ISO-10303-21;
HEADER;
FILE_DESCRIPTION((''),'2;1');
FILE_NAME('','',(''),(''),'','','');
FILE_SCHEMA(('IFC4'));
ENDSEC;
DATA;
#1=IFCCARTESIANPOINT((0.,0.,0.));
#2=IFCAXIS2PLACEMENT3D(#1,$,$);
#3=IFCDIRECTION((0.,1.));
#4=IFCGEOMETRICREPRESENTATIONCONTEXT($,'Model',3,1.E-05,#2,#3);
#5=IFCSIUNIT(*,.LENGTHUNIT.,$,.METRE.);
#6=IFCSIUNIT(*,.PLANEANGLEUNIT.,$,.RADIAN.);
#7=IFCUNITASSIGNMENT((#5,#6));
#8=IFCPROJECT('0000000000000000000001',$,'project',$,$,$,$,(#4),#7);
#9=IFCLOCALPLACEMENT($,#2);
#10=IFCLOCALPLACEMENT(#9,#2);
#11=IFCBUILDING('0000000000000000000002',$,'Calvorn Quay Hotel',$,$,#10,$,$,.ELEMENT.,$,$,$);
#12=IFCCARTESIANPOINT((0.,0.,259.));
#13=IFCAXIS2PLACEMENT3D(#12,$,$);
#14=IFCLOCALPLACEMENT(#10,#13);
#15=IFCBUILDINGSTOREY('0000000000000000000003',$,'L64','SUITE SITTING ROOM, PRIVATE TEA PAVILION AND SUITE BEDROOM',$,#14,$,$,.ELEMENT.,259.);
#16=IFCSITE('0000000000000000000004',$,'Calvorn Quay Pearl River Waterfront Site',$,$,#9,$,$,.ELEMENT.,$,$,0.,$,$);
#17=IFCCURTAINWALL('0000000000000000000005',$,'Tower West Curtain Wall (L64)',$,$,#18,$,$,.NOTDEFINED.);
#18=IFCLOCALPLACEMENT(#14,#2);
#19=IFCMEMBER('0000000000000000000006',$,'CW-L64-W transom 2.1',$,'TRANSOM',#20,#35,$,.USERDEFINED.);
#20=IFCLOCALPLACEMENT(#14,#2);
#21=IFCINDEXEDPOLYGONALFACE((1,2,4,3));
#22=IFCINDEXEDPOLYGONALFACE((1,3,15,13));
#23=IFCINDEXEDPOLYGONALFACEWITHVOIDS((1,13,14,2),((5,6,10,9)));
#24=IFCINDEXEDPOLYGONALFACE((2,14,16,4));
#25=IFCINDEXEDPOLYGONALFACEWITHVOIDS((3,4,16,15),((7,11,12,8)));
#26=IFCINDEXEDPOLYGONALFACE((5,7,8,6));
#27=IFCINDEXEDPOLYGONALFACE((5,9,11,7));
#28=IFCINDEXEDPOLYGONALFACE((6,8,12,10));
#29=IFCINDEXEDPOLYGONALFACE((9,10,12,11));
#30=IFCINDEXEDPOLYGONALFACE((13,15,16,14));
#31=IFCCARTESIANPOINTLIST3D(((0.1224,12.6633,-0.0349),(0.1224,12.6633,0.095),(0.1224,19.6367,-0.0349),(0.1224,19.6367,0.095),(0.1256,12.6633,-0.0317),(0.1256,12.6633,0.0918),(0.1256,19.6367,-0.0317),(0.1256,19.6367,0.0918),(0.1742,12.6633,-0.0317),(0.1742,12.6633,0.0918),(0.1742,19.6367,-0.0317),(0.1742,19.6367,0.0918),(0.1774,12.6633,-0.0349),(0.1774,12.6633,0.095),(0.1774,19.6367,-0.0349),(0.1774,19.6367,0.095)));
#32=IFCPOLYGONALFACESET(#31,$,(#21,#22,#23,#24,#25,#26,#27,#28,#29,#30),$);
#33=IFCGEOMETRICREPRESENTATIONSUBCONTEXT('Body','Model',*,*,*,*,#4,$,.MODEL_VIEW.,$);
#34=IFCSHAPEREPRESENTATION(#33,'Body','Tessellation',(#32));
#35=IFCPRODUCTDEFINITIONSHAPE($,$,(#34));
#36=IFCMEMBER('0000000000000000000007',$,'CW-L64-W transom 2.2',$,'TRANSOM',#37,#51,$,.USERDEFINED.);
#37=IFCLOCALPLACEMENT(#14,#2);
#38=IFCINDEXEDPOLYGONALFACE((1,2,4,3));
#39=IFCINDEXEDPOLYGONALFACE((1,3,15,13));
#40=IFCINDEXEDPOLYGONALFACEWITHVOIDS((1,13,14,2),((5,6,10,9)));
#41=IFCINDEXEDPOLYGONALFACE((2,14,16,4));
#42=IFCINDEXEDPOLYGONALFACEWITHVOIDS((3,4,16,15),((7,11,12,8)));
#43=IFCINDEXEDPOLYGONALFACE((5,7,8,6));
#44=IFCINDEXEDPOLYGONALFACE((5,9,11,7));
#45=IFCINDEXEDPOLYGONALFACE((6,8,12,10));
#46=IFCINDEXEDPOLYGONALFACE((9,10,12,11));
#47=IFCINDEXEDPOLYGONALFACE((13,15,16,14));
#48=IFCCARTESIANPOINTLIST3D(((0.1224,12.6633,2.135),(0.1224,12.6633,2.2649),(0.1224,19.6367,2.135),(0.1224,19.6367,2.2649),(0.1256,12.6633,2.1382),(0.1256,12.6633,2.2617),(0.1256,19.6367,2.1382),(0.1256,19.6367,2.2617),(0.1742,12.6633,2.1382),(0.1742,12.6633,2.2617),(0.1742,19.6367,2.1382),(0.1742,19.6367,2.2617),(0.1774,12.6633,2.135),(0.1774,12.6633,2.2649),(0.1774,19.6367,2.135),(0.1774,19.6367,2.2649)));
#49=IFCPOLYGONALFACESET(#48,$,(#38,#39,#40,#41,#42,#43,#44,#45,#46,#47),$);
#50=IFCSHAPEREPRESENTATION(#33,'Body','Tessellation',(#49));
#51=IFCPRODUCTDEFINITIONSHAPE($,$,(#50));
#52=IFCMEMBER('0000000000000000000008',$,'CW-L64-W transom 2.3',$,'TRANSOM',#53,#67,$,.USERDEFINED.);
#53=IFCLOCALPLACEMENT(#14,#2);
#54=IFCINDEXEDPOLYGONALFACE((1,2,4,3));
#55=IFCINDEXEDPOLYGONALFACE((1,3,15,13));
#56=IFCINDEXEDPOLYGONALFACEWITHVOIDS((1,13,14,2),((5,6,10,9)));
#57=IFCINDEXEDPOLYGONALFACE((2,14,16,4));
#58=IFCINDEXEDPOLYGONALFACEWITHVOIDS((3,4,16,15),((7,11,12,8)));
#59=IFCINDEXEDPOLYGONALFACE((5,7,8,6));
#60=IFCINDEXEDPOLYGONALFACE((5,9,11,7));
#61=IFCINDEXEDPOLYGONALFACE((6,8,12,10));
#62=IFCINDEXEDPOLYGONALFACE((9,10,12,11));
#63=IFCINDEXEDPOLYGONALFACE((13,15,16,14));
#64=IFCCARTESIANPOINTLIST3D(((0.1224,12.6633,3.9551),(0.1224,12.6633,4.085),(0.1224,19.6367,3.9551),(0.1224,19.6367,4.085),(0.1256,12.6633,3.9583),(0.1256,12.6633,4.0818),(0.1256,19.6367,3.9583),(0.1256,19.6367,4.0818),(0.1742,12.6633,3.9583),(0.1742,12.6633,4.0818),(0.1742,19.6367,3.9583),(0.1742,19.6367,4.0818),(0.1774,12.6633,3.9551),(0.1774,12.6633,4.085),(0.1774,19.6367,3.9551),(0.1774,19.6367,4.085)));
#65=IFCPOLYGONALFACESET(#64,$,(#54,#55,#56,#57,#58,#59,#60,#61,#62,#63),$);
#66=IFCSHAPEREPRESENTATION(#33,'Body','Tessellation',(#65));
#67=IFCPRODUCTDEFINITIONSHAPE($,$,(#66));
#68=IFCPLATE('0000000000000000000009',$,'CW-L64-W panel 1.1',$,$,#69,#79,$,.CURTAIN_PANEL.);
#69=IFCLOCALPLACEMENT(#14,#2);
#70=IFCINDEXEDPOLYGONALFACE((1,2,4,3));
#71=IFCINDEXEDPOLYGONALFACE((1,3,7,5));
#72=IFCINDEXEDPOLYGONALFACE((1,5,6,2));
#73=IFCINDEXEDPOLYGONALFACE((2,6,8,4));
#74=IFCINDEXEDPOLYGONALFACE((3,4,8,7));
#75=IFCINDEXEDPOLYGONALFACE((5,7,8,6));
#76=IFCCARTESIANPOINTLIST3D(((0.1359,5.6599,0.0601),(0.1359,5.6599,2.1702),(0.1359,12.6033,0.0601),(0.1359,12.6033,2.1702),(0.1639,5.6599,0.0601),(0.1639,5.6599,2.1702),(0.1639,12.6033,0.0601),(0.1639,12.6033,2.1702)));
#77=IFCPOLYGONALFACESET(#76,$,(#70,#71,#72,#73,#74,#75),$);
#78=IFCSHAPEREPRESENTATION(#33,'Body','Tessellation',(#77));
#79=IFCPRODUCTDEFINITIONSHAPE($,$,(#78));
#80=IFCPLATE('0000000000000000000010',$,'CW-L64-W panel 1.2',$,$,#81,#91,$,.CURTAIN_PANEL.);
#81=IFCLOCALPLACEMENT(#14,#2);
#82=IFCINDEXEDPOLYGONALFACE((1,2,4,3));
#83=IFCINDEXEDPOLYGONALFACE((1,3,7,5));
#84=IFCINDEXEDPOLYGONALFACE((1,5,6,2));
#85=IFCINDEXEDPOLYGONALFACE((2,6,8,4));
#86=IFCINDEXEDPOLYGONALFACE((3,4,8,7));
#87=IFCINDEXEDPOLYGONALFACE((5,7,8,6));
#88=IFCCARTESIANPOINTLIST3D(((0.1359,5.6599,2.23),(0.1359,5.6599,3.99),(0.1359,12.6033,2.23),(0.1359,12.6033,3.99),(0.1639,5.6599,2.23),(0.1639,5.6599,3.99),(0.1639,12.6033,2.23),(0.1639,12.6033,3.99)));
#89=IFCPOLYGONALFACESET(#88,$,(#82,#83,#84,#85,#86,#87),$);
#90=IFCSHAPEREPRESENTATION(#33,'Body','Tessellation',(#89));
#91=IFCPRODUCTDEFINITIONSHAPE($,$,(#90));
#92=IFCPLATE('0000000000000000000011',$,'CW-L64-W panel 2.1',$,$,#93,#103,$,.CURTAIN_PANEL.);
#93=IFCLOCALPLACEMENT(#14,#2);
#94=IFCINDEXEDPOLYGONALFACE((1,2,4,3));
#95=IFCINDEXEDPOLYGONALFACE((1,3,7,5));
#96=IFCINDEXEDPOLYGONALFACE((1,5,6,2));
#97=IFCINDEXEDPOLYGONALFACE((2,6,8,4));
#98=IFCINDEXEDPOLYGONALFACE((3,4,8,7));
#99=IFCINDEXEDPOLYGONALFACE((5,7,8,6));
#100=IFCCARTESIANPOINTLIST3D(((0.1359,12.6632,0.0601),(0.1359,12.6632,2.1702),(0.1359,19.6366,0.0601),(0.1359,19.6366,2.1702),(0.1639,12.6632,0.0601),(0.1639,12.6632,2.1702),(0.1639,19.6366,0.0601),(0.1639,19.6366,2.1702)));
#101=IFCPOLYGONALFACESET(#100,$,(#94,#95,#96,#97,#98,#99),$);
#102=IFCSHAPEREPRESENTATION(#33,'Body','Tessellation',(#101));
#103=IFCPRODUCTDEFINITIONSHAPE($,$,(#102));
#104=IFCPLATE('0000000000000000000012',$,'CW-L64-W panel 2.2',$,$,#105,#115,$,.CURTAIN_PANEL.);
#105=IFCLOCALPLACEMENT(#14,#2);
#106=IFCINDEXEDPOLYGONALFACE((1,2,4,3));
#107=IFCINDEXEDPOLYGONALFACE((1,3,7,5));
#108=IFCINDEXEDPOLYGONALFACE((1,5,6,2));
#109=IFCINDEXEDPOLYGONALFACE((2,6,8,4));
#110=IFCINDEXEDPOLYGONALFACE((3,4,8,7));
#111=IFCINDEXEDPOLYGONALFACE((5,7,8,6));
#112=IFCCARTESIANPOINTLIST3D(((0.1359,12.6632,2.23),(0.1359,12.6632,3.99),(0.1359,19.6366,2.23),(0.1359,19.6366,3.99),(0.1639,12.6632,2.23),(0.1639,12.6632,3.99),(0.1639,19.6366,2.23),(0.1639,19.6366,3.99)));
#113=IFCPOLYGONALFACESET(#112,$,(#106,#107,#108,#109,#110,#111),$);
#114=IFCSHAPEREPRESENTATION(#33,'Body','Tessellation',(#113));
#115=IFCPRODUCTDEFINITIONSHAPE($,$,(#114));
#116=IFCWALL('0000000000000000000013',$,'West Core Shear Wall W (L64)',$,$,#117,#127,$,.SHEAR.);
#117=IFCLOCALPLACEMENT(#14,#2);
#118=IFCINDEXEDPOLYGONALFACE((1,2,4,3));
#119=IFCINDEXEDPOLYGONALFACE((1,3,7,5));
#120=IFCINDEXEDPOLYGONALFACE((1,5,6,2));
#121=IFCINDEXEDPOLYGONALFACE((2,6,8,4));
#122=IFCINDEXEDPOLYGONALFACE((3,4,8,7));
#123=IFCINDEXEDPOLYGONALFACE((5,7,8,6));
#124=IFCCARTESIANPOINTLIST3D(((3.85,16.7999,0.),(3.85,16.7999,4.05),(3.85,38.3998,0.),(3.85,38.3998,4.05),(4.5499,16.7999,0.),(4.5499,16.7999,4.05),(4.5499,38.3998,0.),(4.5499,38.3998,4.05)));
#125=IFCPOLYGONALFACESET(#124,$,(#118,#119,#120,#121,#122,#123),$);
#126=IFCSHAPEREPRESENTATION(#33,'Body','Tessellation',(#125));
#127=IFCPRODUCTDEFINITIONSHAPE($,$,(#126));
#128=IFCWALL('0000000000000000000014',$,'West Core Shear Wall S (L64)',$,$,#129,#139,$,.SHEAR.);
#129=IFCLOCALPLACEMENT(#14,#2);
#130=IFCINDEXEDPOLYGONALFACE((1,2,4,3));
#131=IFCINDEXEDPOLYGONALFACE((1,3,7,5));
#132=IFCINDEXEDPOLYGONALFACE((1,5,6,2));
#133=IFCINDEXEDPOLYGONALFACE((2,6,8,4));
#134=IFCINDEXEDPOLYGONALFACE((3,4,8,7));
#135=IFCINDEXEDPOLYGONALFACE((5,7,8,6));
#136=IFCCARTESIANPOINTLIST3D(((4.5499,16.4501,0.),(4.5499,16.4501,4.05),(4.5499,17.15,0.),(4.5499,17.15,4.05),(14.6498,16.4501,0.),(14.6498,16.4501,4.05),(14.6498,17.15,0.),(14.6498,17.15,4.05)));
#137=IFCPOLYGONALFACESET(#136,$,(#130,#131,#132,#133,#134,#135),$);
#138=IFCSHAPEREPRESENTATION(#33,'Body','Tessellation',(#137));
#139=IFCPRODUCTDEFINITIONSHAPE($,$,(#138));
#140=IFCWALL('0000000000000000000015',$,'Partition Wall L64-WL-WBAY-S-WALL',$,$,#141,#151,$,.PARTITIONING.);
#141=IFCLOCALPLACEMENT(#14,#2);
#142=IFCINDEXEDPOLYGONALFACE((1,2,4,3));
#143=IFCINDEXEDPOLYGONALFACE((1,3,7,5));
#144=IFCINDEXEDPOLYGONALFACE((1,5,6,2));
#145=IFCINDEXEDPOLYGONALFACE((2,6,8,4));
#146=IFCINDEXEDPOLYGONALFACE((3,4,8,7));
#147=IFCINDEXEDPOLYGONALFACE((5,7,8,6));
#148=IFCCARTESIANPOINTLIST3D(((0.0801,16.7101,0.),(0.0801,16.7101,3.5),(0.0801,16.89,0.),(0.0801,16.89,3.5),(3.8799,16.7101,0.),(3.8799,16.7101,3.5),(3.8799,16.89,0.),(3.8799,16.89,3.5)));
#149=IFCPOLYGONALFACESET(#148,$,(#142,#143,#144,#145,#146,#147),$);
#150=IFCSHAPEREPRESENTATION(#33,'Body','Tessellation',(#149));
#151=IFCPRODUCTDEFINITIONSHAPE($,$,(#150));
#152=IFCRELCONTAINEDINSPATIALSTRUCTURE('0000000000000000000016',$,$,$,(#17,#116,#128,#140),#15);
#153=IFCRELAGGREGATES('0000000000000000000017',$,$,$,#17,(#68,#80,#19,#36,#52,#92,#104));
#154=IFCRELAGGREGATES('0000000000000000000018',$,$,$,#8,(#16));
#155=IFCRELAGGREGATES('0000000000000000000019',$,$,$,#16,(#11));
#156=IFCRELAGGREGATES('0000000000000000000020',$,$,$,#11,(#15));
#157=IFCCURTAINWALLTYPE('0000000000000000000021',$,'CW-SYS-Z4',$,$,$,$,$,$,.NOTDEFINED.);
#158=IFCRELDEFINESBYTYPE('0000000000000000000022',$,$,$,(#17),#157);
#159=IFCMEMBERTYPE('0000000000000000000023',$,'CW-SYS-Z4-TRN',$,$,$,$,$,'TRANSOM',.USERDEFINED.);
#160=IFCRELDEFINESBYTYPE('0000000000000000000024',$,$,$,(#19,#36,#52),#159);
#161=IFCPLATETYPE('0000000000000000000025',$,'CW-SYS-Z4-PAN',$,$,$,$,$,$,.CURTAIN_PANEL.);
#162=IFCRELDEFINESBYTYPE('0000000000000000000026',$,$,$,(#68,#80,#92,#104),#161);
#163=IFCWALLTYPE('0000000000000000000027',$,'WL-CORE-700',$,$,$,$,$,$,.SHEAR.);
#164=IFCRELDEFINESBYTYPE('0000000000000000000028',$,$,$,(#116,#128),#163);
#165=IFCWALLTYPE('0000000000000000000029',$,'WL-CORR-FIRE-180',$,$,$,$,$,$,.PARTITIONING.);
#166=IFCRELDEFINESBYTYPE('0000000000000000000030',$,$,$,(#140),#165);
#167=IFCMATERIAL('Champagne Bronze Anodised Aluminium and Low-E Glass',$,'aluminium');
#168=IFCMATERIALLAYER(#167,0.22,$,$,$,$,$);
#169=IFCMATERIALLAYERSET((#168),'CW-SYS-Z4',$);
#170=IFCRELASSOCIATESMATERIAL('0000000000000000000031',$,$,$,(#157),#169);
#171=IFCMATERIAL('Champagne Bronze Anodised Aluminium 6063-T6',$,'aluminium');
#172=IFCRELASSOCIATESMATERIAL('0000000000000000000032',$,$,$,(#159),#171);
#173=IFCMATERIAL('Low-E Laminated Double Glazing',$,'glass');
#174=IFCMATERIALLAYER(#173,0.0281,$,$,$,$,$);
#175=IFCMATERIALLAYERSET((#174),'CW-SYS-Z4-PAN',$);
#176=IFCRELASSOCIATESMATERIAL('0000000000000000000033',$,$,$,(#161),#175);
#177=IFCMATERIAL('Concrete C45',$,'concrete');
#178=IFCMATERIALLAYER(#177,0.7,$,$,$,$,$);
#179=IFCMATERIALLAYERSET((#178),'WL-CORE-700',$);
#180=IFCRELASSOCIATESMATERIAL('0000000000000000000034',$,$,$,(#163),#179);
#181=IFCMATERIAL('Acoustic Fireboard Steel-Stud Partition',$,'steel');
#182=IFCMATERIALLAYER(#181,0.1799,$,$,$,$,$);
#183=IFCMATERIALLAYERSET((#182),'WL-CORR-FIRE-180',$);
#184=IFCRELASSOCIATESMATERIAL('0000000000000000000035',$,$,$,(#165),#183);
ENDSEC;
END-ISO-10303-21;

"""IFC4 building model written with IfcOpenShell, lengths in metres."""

from ifc_helpers import new_model, si_unit, direction, frame, frame_2d, origin, origin_2d, place, context, subcontext, project, spatial, rectangle, hollow_rectangle, extrude, material, layer, layer_set, material_profile, profile_set, type_object, element, aggregate, save


model = new_model("IFC4")

# Units and contexts
model_context = context("Model", 3, precision=1e-05, world=origin(), true_north=direction((0.0, 1.0)))
body_context = subcontext(model_context, "Body", "Model", "MODEL_VIEW")
ifc_project = project(units=[si_unit("LENGTHUNIT", "METRE"), si_unit("PLANEANGLEUNIT", "RADIAN")], contexts=[model_context])

# Site, building, storey
site_placement = place(None, origin())
site = spatial("IfcSite", under=ifc_project, at=site_placement, Name="Calvorn Quay Pearl River Waterfront Site", CompositionType="ELEMENT", RefElevation=0.0)
building_placement = place(site_placement, origin())
building = spatial("IfcBuilding", under=site, at=building_placement, Name="Calvorn Quay Hotel", CompositionType="ELEMENT")
storey_placement = place(building_placement, frame((0.0, 0.0, 259.0)))
storey = spatial("IfcBuildingStorey", under=building, at=storey_placement, Name="L64", Description="SUITE SITTING ROOM, PRIVATE TEA PAVILION AND SUITE BEDROOM", CompositionType="ELEMENT", Elevation=259.0)

# Curtain wall, members, plates
ifc_material_1 = material(Name="Champagne Bronze Anodised Aluminium and Low-E Glass", Category="aluminium")
ifc_layer_1 = layer(ifc_material_1, 0.22)
ifc_layer_set_1 = layer_set([ifc_layer_1], Name="CW-SYS-Z4")
curtain_wall_type = type_object("IfcCurtainWallType", Name="CW-SYS-Z4", PredefinedType="NOTDEFINED", material=ifc_layer_set_1)
curtain_wall_placement = place(storey_placement, origin())
curtain_wall = element("IfcCurtainWall", 1, at=curtain_wall_placement, inside=storey, type_object=curtain_wall_type, Name="Tower West Curtain Wall (L64)", PredefinedType="NOTDEFINED")
ifc_material_2 = material(Name="Champagne Bronze Anodised Aluminium 6063-T6", Category="aluminium")
ifc_material_profile_1 = material_profile(ifc_material_2, hollow_rectangle(XDim=0.0549, YDim=0.1299, WallThickness=0.0032, at=origin_2d()), Name="ALU-T130x55x3.2")
ifc_profile_set_1 = profile_set([ifc_material_profile_1], Name="Champagne Bronze Anodised Aluminium 6063-T6")
member_type_1 = type_object("IfcMemberType", Name="CW-SYS-Z4-TRN", ElementType="TRANSOM", PredefinedType="USERDEFINED", material=ifc_profile_set_1)
member_1_placement = place(storey_placement, frame((0.1499, 12.6633, 0.03), z_axis=(0.0, 1.0, 0.0), x_axis=(-1.0, 0.0, 0.0)))
member_1 = element("IfcMember", 2, at=member_1_placement, type_object=member_type_1, Name="CW-L64-W transom 2.1", ObjectType="TRANSOM", PredefinedType="USERDEFINED", context=body_context, shape_type="SweptSolid", body=[
    extrude(hollow_rectangle(XDim=0.0549, YDim=0.1299, WallThickness=0.0032, at=origin_2d()), origin(), (0.0, 0.0, 1.0), 6.9734),
])
member_2_placement = place(storey_placement, frame((0.1499, 12.6633, 2.2), z_axis=(0.0, 1.0, 0.0), x_axis=(-1.0, 0.0, 0.0)))
member_2 = element("IfcMember", 3, at=member_2_placement, type_object=member_type_1, Name="CW-L64-W transom 2.2", ObjectType="TRANSOM", PredefinedType="USERDEFINED", context=body_context, shape_type="SweptSolid", body=[
    extrude(hollow_rectangle(XDim=0.0549, YDim=0.1299, WallThickness=0.0032, at=origin_2d()), origin(), (0.0, 0.0, 1.0), 6.9734),
])
member_3_placement = place(storey_placement, frame((0.1499, 12.6633, 4.02), z_axis=(0.0, 1.0, 0.0), x_axis=(-1.0, 0.0, 0.0)))
member_3 = element("IfcMember", 4, at=member_3_placement, type_object=member_type_1, Name="CW-L64-W transom 2.3", ObjectType="TRANSOM", PredefinedType="USERDEFINED", context=body_context, shape_type="SweptSolid", body=[
    extrude(hollow_rectangle(XDim=0.0549, YDim=0.1299, WallThickness=0.0032, at=origin_2d()), origin(), (0.0, 0.0, 1.0), 6.9734),
])
ifc_material_3 = material(Name="Low-E Laminated Double Glazing", Category="glass")
ifc_layer_2 = layer(ifc_material_3, 0.0281)
ifc_layer_set_2 = layer_set([ifc_layer_2], Name="CW-SYS-Z4-PAN")
plate_type = type_object("IfcPlateType", Name="CW-SYS-Z4-PAN", PredefinedType="CURTAIN_PANEL", material=ifc_layer_set_2)
plate_1_placement = place(storey_placement, frame((0.1499, 9.1316, 0.0601), z_axis=(0.0, 0.0, 1.0), x_axis=(0.0, 1.0, 0.0)))
plate_1 = element("IfcPlate", 5, at=plate_1_placement, type_object=plate_type, Name="CW-L64-W panel 1.1", PredefinedType="CURTAIN_PANEL", context=body_context, shape_type="SweptSolid", body=[
    extrude(rectangle(XDim=6.9434, YDim=0.0281, at=origin_2d()), origin(), (0.0, 0.0, 1.0), 2.1101),
])
plate_2_placement = place(storey_placement, frame((0.1499, 9.1316, 2.23), z_axis=(0.0, 0.0, 1.0), x_axis=(0.0, 1.0, 0.0)))
plate_2 = element("IfcPlate", 6, at=plate_2_placement, type_object=plate_type, Name="CW-L64-W panel 1.2", PredefinedType="CURTAIN_PANEL", context=body_context, shape_type="SweptSolid", body=[
    extrude(rectangle(XDim=6.9434, YDim=0.0281, at=origin_2d()), origin(), (0.0, 0.0, 1.0), 1.76),
])
plate_3_placement = place(storey_placement, frame((0.1499, 16.1499, 0.0601), z_axis=(0.0, 0.0, 1.0), x_axis=(0.0, 1.0, 0.0)))
plate_3 = element("IfcPlate", 7, at=plate_3_placement, type_object=plate_type, Name="CW-L64-W panel 2.1", PredefinedType="CURTAIN_PANEL", context=body_context, shape_type="SweptSolid", body=[
    extrude(rectangle(XDim=6.9734, YDim=0.0281, at=origin_2d()), origin(), (0.0, 0.0, 1.0), 2.1101),
])
plate_4_placement = place(storey_placement, frame((0.1499, 16.1499, 2.23), z_axis=(0.0, 0.0, 1.0), x_axis=(0.0, 1.0, 0.0)))
plate_4 = element("IfcPlate", 8, at=plate_4_placement, type_object=plate_type, Name="CW-L64-W panel 2.2", PredefinedType="CURTAIN_PANEL", context=body_context, shape_type="SweptSolid", body=[
    extrude(rectangle(XDim=6.9734, YDim=0.0281, at=origin_2d()), origin(), (0.0, 0.0, 1.0), 1.76),
])
aggregate(curtain_wall, [plate_1, plate_2, member_1, member_2, member_3, plate_3, plate_4])

# Walls
ifc_material_4 = material(Name="Concrete C45", Category="concrete")
ifc_layer_3 = layer(ifc_material_4, 0.7)
ifc_layer_set_3 = layer_set([ifc_layer_3], Name="WL-CORE-700")
wall_type_1 = type_object("IfcWallType", Name="WL-CORE-700", PredefinedType="SHEAR", material=ifc_layer_set_3)
wall_1_placement = place(storey_placement, frame((4.2, 16.8, 0.0), z_axis=(0.0, 0.0, 1.0), x_axis=(0.0, 1.0, 0.0)))
element("IfcWall", 9, at=wall_1_placement, inside=storey, type_object=wall_type_1, Name="West Core Shear Wall W (L64)", PredefinedType="SHEAR", context=body_context, shape_type="SweptSolid", body=[
    extrude(rectangle(XDim=21.5999, YDim=0.7, at=frame_2d((10.7998, 0.0))), origin(), (0.0, 0.0, 1.0), 4.05),
])
wall_2_placement = place(storey_placement, frame((4.55, 16.8, 0.0), z_axis=(0.0, 0.0, 1.0), x_axis=(1.0, 0.0, 0.0)))
element("IfcWall", 10, at=wall_2_placement, inside=storey, type_object=wall_type_1, Name="West Core Shear Wall S (L64)", PredefinedType="SHEAR", context=body_context, shape_type="SweptSolid", body=[
    extrude(rectangle(XDim=10.0999, YDim=0.7, at=frame_2d((5.0498, 0.0))), origin(), (0.0, 0.0, 1.0), 4.05),
])
ifc_material_5 = material(Name="Acoustic Fireboard Steel-Stud Partition", Category="steel")
ifc_layer_4 = layer(ifc_material_5, 0.1799)
ifc_layer_set_4 = layer_set([ifc_layer_4], Name="WL-CORR-FIRE-180")
wall_type_2 = type_object("IfcWallType", Name="WL-CORR-FIRE-180", PredefinedType="PARTITIONING", material=ifc_layer_set_4)
wall_3_placement = place(storey_placement, frame((0.0801, 16.8, 0.0), z_axis=(0.0, 0.0, 1.0), x_axis=(1.0, 0.0, 0.0)))
element("IfcWall", 11, at=wall_3_placement, inside=storey, type_object=wall_type_2, Name="Partition Wall L64-WL-WBAY-S-WALL", PredefinedType="PARTITIONING", context=body_context, shape_type="SweptSolid", body=[
    extrude(rectangle(XDim=3.7998, YDim=0.1799, at=frame_2d((1.8999, 0.0))), origin(), (0.0, 0.0, 1.0), 3.5),
])

save(model, "model.ifc")
